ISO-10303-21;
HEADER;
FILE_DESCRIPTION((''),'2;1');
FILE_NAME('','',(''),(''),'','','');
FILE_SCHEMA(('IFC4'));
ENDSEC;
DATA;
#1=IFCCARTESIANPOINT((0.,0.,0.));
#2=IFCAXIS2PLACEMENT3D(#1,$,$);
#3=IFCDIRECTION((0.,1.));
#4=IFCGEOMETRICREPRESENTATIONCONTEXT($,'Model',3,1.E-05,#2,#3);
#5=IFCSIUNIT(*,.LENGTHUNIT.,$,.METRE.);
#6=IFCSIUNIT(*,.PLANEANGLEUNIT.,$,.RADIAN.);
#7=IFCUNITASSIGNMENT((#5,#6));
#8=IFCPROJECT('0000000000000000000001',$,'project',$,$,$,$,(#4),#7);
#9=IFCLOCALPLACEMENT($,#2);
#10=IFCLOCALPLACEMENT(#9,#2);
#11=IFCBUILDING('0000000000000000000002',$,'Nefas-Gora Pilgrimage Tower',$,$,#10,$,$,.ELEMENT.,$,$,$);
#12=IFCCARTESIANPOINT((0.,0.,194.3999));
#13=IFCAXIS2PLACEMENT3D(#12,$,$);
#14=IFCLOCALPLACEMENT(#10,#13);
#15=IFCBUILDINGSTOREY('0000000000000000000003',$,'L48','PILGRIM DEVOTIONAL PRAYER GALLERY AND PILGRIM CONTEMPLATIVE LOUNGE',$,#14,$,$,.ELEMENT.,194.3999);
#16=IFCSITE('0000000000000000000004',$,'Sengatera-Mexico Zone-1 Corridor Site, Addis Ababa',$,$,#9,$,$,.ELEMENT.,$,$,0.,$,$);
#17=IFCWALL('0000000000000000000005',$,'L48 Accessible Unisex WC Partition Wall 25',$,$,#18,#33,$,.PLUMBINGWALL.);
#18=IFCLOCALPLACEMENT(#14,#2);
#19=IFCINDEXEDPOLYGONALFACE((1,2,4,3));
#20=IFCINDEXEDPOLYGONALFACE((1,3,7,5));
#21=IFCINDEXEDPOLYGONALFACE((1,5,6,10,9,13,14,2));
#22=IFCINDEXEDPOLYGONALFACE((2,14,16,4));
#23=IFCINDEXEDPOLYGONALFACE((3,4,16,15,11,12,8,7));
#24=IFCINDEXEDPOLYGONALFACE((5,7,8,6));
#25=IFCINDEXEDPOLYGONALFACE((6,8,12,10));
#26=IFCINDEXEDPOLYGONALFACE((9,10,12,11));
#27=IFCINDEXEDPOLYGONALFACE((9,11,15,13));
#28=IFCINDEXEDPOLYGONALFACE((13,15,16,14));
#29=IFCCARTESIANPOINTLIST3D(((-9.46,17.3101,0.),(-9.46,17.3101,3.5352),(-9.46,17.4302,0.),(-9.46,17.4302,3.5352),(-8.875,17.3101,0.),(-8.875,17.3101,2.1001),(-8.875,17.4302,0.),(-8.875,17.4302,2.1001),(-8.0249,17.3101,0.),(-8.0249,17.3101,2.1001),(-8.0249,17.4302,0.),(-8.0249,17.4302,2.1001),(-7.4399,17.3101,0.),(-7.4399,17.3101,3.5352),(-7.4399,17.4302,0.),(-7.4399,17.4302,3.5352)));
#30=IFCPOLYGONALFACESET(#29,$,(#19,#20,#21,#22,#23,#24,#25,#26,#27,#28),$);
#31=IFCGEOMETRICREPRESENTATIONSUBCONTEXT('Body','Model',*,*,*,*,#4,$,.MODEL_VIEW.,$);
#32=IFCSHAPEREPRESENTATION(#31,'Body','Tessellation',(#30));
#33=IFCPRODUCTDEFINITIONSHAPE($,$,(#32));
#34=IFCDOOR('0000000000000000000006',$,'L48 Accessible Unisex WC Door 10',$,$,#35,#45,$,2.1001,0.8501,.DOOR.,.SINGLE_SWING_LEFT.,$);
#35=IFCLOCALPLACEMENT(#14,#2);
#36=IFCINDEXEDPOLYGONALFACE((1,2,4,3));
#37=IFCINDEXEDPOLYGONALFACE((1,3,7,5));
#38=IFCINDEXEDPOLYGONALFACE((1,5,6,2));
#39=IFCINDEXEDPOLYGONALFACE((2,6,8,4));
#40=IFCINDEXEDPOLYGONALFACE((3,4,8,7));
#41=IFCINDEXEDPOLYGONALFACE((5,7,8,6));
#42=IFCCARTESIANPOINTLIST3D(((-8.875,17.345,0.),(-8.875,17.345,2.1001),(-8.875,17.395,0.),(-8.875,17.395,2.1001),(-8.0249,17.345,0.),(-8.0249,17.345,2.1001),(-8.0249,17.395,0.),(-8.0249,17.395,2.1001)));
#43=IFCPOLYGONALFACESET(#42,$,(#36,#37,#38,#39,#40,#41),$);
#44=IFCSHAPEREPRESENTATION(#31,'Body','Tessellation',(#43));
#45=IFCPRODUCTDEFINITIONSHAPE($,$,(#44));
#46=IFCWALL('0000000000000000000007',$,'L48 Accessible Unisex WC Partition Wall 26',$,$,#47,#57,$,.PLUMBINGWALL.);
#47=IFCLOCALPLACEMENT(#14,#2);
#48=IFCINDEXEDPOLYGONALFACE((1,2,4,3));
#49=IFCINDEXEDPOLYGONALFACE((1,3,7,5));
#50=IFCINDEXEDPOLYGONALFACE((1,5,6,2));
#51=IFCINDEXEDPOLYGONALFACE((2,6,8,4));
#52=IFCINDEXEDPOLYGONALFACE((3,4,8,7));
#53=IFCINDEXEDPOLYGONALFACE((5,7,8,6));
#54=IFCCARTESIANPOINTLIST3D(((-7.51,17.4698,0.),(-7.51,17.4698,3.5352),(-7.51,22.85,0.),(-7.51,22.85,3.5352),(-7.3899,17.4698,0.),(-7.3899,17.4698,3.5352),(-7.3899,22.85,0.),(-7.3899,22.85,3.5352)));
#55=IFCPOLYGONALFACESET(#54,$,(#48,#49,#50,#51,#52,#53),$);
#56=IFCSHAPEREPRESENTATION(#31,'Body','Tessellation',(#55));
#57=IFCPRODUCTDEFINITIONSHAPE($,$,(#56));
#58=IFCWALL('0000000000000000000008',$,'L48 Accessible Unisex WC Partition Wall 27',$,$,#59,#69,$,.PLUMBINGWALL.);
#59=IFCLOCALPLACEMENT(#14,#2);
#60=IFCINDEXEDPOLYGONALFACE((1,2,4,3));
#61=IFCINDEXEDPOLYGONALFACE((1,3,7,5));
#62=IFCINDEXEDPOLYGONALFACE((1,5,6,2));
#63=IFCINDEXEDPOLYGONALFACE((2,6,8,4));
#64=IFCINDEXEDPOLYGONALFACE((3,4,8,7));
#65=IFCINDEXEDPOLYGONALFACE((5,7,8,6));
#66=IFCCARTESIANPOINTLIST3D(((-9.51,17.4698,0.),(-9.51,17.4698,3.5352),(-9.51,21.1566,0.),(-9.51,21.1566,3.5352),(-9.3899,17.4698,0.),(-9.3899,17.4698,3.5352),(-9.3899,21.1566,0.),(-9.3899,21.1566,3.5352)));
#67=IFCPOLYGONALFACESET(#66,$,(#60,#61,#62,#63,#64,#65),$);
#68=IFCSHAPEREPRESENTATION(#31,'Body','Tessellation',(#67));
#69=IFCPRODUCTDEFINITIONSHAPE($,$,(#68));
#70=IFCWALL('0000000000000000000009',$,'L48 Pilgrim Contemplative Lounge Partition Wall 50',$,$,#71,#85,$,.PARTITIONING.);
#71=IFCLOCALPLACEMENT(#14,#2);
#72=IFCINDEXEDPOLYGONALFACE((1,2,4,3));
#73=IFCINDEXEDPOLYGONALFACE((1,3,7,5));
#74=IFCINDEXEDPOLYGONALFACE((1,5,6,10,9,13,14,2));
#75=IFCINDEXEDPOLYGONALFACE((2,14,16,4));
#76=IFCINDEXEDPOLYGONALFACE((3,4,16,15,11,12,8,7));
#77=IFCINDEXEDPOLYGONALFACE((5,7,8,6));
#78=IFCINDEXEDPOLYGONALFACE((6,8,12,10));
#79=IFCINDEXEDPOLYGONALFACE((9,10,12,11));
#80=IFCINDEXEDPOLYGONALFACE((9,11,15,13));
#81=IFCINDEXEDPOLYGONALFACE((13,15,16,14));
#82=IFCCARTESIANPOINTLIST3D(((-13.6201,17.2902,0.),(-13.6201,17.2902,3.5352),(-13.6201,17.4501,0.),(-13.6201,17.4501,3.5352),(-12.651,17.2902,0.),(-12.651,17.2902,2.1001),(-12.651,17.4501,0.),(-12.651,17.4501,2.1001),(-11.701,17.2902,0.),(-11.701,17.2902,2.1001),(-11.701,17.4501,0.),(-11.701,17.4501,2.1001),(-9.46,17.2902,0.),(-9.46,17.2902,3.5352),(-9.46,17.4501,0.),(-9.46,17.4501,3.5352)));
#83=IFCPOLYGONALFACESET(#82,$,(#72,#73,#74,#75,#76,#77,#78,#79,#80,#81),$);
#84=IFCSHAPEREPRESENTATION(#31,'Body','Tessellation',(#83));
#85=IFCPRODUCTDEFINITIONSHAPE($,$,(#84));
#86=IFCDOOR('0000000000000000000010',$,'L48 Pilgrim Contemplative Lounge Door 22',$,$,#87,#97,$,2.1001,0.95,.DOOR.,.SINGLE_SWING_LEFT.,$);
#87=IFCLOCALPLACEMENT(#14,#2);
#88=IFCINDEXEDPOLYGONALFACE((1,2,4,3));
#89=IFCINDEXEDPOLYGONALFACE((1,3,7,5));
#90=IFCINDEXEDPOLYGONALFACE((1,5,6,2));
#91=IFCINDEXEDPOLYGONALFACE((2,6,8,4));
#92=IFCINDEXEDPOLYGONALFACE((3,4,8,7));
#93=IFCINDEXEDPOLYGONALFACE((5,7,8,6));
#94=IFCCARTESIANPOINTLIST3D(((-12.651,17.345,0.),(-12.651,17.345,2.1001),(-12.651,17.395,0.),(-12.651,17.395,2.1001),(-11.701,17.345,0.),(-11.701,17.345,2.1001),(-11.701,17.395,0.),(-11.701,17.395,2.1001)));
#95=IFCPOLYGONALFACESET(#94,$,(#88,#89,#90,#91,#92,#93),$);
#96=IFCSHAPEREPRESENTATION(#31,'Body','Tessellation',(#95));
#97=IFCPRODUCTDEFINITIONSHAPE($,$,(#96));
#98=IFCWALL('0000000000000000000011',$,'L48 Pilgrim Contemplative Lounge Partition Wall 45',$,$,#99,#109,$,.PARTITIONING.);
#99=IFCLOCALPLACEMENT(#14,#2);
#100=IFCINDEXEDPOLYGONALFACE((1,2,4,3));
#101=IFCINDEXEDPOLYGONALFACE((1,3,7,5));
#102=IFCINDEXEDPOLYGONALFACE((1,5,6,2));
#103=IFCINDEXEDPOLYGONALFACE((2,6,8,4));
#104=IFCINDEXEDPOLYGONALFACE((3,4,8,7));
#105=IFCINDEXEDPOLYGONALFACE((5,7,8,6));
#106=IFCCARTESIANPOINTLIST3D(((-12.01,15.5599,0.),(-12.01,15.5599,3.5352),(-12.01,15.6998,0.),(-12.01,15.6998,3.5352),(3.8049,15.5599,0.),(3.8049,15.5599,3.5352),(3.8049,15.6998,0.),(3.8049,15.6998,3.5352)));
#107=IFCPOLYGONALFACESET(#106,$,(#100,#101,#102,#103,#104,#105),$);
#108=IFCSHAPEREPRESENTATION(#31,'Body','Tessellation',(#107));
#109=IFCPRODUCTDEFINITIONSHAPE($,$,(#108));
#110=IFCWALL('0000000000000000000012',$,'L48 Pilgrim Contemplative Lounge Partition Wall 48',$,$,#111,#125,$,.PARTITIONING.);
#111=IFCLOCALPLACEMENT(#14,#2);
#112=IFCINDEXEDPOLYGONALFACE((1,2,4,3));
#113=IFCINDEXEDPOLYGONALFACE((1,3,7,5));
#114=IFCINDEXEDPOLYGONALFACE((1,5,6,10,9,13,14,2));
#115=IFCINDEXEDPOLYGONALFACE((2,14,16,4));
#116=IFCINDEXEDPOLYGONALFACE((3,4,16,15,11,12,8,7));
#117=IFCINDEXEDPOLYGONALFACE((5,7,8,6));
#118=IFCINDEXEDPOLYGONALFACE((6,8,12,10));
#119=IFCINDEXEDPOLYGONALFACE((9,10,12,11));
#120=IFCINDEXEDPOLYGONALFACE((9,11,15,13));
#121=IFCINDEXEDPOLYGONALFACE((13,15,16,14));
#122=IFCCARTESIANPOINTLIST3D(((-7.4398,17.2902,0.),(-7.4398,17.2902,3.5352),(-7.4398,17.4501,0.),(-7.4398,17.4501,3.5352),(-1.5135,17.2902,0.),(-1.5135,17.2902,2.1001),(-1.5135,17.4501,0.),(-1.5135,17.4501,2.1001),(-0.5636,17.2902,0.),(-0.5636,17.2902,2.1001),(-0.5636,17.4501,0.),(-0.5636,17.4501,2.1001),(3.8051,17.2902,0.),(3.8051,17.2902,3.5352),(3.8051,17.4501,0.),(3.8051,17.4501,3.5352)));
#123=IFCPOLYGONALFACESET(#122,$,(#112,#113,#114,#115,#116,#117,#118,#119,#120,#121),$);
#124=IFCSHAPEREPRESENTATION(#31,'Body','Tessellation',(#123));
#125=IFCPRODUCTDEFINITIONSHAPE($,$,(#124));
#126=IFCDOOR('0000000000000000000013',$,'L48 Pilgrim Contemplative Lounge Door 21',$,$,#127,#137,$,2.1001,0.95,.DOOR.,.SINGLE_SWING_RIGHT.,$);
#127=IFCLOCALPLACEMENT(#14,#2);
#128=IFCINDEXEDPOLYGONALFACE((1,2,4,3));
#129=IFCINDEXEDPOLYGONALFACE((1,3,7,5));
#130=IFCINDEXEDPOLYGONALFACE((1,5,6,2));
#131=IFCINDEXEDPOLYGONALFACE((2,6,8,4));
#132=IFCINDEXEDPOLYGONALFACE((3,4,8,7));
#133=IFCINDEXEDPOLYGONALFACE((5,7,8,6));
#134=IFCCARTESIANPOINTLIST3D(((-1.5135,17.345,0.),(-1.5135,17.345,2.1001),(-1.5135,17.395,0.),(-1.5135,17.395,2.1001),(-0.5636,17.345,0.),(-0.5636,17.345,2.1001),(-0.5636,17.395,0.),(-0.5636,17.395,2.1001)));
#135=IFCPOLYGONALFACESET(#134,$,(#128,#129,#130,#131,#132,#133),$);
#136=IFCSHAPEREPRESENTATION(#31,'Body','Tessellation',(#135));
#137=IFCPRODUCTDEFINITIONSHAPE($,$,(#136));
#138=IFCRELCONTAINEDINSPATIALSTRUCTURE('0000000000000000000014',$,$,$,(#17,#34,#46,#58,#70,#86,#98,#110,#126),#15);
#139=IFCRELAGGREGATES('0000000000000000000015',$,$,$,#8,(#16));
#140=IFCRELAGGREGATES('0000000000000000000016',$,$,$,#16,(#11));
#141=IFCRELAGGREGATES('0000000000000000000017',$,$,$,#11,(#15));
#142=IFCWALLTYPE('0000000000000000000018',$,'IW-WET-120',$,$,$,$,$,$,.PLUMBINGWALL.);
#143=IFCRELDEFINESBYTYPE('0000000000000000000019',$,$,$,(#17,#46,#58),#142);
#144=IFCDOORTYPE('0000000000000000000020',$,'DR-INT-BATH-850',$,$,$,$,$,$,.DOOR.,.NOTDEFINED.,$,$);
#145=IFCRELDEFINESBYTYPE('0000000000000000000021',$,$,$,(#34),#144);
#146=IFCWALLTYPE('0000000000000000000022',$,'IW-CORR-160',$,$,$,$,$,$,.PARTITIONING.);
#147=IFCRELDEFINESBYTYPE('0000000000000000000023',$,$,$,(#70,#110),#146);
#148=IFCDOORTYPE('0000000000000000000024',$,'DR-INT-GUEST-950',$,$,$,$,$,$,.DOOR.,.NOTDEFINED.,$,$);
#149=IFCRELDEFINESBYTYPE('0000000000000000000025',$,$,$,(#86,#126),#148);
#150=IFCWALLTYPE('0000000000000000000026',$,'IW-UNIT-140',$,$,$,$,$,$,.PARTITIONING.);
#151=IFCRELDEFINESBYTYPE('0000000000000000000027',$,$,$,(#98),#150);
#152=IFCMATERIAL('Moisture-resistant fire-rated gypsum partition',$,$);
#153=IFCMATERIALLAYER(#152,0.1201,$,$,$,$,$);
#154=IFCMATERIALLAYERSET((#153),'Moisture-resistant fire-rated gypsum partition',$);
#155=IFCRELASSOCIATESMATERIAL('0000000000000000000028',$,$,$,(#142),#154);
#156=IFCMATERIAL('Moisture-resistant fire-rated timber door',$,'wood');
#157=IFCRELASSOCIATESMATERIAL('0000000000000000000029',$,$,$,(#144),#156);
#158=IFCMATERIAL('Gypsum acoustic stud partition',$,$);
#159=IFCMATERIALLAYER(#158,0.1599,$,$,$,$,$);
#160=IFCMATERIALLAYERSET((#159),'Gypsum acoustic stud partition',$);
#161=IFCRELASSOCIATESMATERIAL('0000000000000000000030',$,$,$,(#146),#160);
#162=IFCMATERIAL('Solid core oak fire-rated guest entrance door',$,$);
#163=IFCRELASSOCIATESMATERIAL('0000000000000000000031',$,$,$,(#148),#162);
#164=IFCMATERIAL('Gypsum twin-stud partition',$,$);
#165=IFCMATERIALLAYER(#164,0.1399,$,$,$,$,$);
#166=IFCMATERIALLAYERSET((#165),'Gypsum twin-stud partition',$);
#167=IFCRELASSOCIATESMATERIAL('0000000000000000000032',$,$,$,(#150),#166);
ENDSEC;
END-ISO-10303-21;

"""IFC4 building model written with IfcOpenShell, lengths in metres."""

from ifc_helpers import new_model, si_unit, direction, frame, frame_2d, origin, place, context, subcontext, project, spatial, rectangle, extrude, source, transform, mapped, material, layer, layer_set, type_object, element, fill, save


model = new_model("IFC4")

# Units and contexts
model_context = context("Model", 3, precision=1e-05, world=origin(), true_north=direction((0.0, 1.0)))
body_context = subcontext(model_context, "Body", "Model", "MODEL_VIEW")
ifc_project = project(units=[si_unit("LENGTHUNIT", "METRE"), si_unit("PLANEANGLEUNIT", "RADIAN")], contexts=[model_context])

# Site, building, storey
site_placement = place(None, origin())
site = spatial("IfcSite", under=ifc_project, at=site_placement, Name="Sengatera-Mexico Zone-1 Corridor Site, Addis Ababa", CompositionType="ELEMENT", RefElevation=0.0)
building_placement = place(site_placement, origin())
building = spatial("IfcBuilding", under=site, at=building_placement, Name="Nefas-Gora Pilgrimage Tower", CompositionType="ELEMENT")
storey_placement = place(building_placement, frame((0.0, 0.0, 194.3999)))
storey = spatial("IfcBuildingStorey", under=building, at=storey_placement, Name="L48", Description="PILGRIM DEVOTIONAL PRAYER GALLERY AND PILGRIM CONTEMPLATIVE LOUNGE", CompositionType="ELEMENT", Elevation=194.3999)

# Wall, opening, door
ifc_material_1 = material(Name="Moisture-resistant fire-rated gypsum partition")
ifc_layer_1 = layer(ifc_material_1, 0.1201)
ifc_layer_set_1 = layer_set([ifc_layer_1], Name="Moisture-resistant fire-rated gypsum partition")
wall_type_1 = type_object("IfcWallType", Name="IW-WET-120", PredefinedType="PLUMBINGWALL", material=ifc_layer_set_1)
shared_shape_1 = source(origin(), body_context, "Body", "SweptSolid", [
    extrude(rectangle(XDim=2.02, YDim=0.1201, at=frame_2d((1.01, 0.0))), origin(), (0.0, 0.0, 1.0), 3.5352),
])
wall_1_placement = place(storey_placement, frame((-9.46, 17.3701, 0.0), z_axis=(0.0, 0.0, 1.0), x_axis=(1.0, 0.0, 0.0)))
wall_1 = element("IfcWall", 1, at=wall_1_placement, inside=storey, type_object=wall_type_1, Name="L48 Accessible Unisex WC Partition Wall 25", PredefinedType="PLUMBINGWALL", context=body_context, shape_type="MappedRepresentation", body=[
    mapped(shared_shape_1, transform((0.0, 0.0, 0.0), x_axis=(1.0, 0.0, 0.0), y_axis=(0.0, 1.0, 0.0), z_axis=(0.0, 0.0, 1.0), scale=1.0)),
])
opening_1_placement = place(wall_1_placement, frame((0.585, 0.0, 0.0)))
opening_1 = element("IfcOpeningElement", 2, at=opening_1_placement, cuts=wall_1, PredefinedType="OPENING", context=body_context, shape_type="SweptSolid", body=[
    extrude(rectangle(XDim=0.8501, YDim=2.1001, at=frame_2d((0.425, 1.05))), frame((0.0, 0.0701, 0.0), z_axis=(0.0, -1.0, 0.0), x_axis=(1.0, 0.0, 0.0)), (0.0, 0.0, 1.0), 0.1401),
])
ifc_material_2 = material(Name="Moisture-resistant fire-rated timber door", Category="wood")
door_type_1 = type_object("IfcDoorType", Name="DR-INT-BATH-850", OperationType="NOTDEFINED", PredefinedType="DOOR", material=ifc_material_2)
shared_shape_2 = source(origin(), body_context, "Body", "SweptSolid", [
    extrude(rectangle(XDim=0.8501, YDim=2.1001, at=frame_2d((0.425, 1.05))), frame((0.0, 0.0249, 0.0), z_axis=(0.0, -1.0, 0.0), x_axis=(1.0, 0.0, 0.0)), (0.0, 0.0, 1.0), 0.05),
])
door_1_placement = place(opening_1_placement, origin())
door_1 = element("IfcDoor", 3, at=door_1_placement, inside=storey, type_object=door_type_1, Name="L48 Accessible Unisex WC Door 10", OperationType="SINGLE_SWING_LEFT", OverallHeight=2.1001, OverallWidth=0.8501, PredefinedType="DOOR", context=body_context, shape_type="MappedRepresentation", body=[
    mapped(shared_shape_2, transform((0.0, 0.0, 0.0), x_axis=(1.0, 0.0, 0.0), y_axis=(0.0, 1.0, 0.0), z_axis=(0.0, 0.0, 1.0), scale=1.0)),
])
fill(opening_1, door_1)

# Walls
shared_shape_3 = source(origin(), body_context, "Body", "SweptSolid", [
    extrude(rectangle(XDim=5.3801, YDim=0.1201, at=frame_2d((2.6899, 0.0))), origin(), (0.0, 0.0, 1.0), 3.5352),
])
wall_2_placement = place(storey_placement, frame((-7.45, 17.47, 0.0), z_axis=(0.0, 0.0, 1.0), x_axis=(0.0, 1.0, 0.0)))
element("IfcWall", 4, at=wall_2_placement, inside=storey, type_object=wall_type_1, Name="L48 Accessible Unisex WC Partition Wall 26", PredefinedType="PLUMBINGWALL", context=body_context, shape_type="MappedRepresentation", body=[
    mapped(shared_shape_3, transform((0.0, 0.0, 0.0), x_axis=(1.0, 0.0, 0.0), y_axis=(0.0, 1.0, 0.0), z_axis=(0.0, 0.0, 1.0), scale=1.0)),
])
shared_shape_4 = source(origin(), body_context, "Body", "SweptSolid", [
    extrude(rectangle(XDim=3.6868, YDim=0.1201, at=frame_2d((1.8433, 0.0))), origin(), (0.0, 0.0, 1.0), 3.5352),
])
wall_3_placement = place(storey_placement, frame((-9.45, 17.47, 0.0), z_axis=(0.0, 0.0, 1.0), x_axis=(0.0, 1.0, 0.0)))
element("IfcWall", 5, at=wall_3_placement, inside=storey, type_object=wall_type_1, Name="L48 Accessible Unisex WC Partition Wall 27", PredefinedType="PLUMBINGWALL", context=body_context, shape_type="MappedRepresentation", body=[
    mapped(shared_shape_4, transform((0.0, 0.0, 0.0), x_axis=(1.0, 0.0, 0.0), y_axis=(0.0, 1.0, 0.0), z_axis=(0.0, 0.0, 1.0), scale=1.0)),
])

# Wall, opening, door
ifc_material_3 = material(Name="Gypsum acoustic stud partition")
ifc_layer_2 = layer(ifc_material_3, 0.1599)
ifc_layer_set_2 = layer_set([ifc_layer_2], Name="Gypsum acoustic stud partition")
wall_type_2 = type_object("IfcWallType", Name="IW-CORR-160", PredefinedType="PARTITIONING", material=ifc_layer_set_2)
shared_shape_5 = source(origin(), body_context, "Body", "SweptSolid", [
    extrude(rectangle(XDim=4.1602, YDim=0.1599, at=frame_2d((2.0801, 0.0))), origin(), (0.0, 0.0, 1.0), 3.5352),
])
wall_4_placement = place(storey_placement, frame((-13.6201, 17.3701, 0.0), z_axis=(0.0, 0.0, 1.0), x_axis=(1.0, 0.0, 0.0)))
wall_4 = element("IfcWall", 6, at=wall_4_placement, inside=storey, type_object=wall_type_2, Name="L48 Pilgrim Contemplative Lounge Partition Wall 50", PredefinedType="PARTITIONING", context=body_context, shape_type="MappedRepresentation", body=[
    mapped(shared_shape_5, transform((0.0, 0.0, 0.0), x_axis=(1.0, 0.0, 0.0), y_axis=(0.0, 1.0, 0.0), z_axis=(0.0, 0.0, 1.0), scale=1.0)),
])
opening_2_placement = place(wall_4_placement, frame((0.969, 0.0, 0.0)))
opening_2 = element("IfcOpeningElement", 7, at=opening_2_placement, cuts=wall_4, PredefinedType="OPENING", context=body_context, shape_type="SweptSolid", body=[
    extrude(rectangle(XDim=0.95, YDim=2.1001, at=frame_2d((0.4751, 1.05))), frame((0.0, 0.0898, 0.0), z_axis=(0.0, -1.0, 0.0), x_axis=(1.0, 0.0, 0.0)), (0.0, 0.0, 1.0), 0.1799),
])
ifc_material_4 = material(Name="Solid core oak fire-rated guest entrance door")
door_type_2 = type_object("IfcDoorType", Name="DR-INT-GUEST-950", OperationType="NOTDEFINED", PredefinedType="DOOR", material=ifc_material_4)
shared_shape_6 = source(origin(), body_context, "Body", "SweptSolid", [
    extrude(rectangle(XDim=0.95, YDim=2.1001, at=frame_2d((0.4751, 1.05))), frame((0.0, 0.0249, 0.0), z_axis=(0.0, -1.0, 0.0), x_axis=(1.0, 0.0, 0.0)), (0.0, 0.0, 1.0), 0.05),
])
door_2_placement = place(opening_2_placement, origin())
door_2 = element("IfcDoor", 8, at=door_2_placement, inside=storey, type_object=door_type_2, Name="L48 Pilgrim Contemplative Lounge Door 22", OperationType="SINGLE_SWING_LEFT", OverallHeight=2.1001, OverallWidth=0.95, PredefinedType="DOOR", context=body_context, shape_type="MappedRepresentation", body=[
    mapped(shared_shape_6, transform((0.0, 0.0, 0.0), x_axis=(1.0, 0.0, 0.0), y_axis=(0.0, 1.0, 0.0), z_axis=(0.0, 0.0, 1.0), scale=1.0)),
])
fill(opening_2, door_2)

# Wall
ifc_material_5 = material(Name="Gypsum twin-stud partition")
ifc_layer_3 = layer(ifc_material_5, 0.1399)
ifc_layer_set_3 = layer_set([ifc_layer_3], Name="Gypsum twin-stud partition")
wall_type_3 = type_object("IfcWallType", Name="IW-UNIT-140", PredefinedType="PARTITIONING", material=ifc_layer_set_3)
shared_shape_7 = source(origin(), body_context, "Body", "SweptSolid", [
    extrude(rectangle(XDim=15.8149, YDim=0.1399, at=frame_2d((7.9075, 0.0))), origin(), (0.0, 0.0, 1.0), 3.5352),
])
wall_5_placement = place(storey_placement, frame((-12.01, 15.6299, 0.0), z_axis=(0.0, 0.0, 1.0), x_axis=(1.0, 0.0, 0.0)))
element("IfcWall", 9, at=wall_5_placement, inside=storey, type_object=wall_type_3, Name="L48 Pilgrim Contemplative Lounge Partition Wall 45", PredefinedType="PARTITIONING", context=body_context, shape_type="MappedRepresentation", body=[
    mapped(shared_shape_7, transform((0.0, 0.0, 0.0), x_axis=(1.0, 0.0, 0.0), y_axis=(0.0, 1.0, 0.0), z_axis=(0.0, 0.0, 1.0), scale=1.0)),
])

# Wall, opening, door
shared_shape_8 = source(origin(), body_context, "Body", "SweptSolid", [
    extrude(rectangle(XDim=11.2449, YDim=0.1599, at=frame_2d((5.6226, 0.0))), origin(), (0.0, 0.0, 1.0), 3.5352),
])
wall_6_placement = place(storey_placement, frame((-7.4399, 17.3701, 0.0), z_axis=(0.0, 0.0, 1.0), x_axis=(1.0, 0.0, 0.0)))
wall_6 = element("IfcWall", 10, at=wall_6_placement, inside=storey, type_object=wall_type_2, Name="L48 Pilgrim Contemplative Lounge Partition Wall 48", PredefinedType="PARTITIONING", context=body_context, shape_type="MappedRepresentation", body=[
    mapped(shared_shape_8, transform((0.0, 0.0, 0.0), x_axis=(1.0, 0.0, 0.0), y_axis=(0.0, 1.0, 0.0), z_axis=(0.0, 0.0, 1.0), scale=1.0)),
])
opening_3_placement = place(wall_6_placement, frame((5.9263, 0.0, 0.0)))
opening_3 = element("IfcOpeningElement", 11, at=opening_3_placement, cuts=wall_6, PredefinedType="OPENING", context=body_context, shape_type="SweptSolid", body=[
    extrude(rectangle(XDim=0.95, YDim=2.1001, at=frame_2d((0.4751, 1.05))), frame((0.0, 0.0898, 0.0), z_axis=(0.0, -1.0, 0.0), x_axis=(1.0, 0.0, 0.0)), (0.0, 0.0, 1.0), 0.1799),
])
door_3_placement = place(opening_3_placement, origin())
door_3 = element("IfcDoor", 12, at=door_3_placement, inside=storey, type_object=door_type_2, Name="L48 Pilgrim Contemplative Lounge Door 21", OperationType="SINGLE_SWING_RIGHT", OverallHeight=2.1001, OverallWidth=0.95, PredefinedType="DOOR", context=body_context, shape_type="MappedRepresentation", body=[
    mapped(shared_shape_6, transform((0.0, 0.0, 0.0), x_axis=(1.0, 0.0, 0.0), y_axis=(0.0, 1.0, 0.0), z_axis=(0.0, 0.0, 1.0), scale=1.0)),
])
fill(opening_3, door_3)

save(model, "model.ifc")
